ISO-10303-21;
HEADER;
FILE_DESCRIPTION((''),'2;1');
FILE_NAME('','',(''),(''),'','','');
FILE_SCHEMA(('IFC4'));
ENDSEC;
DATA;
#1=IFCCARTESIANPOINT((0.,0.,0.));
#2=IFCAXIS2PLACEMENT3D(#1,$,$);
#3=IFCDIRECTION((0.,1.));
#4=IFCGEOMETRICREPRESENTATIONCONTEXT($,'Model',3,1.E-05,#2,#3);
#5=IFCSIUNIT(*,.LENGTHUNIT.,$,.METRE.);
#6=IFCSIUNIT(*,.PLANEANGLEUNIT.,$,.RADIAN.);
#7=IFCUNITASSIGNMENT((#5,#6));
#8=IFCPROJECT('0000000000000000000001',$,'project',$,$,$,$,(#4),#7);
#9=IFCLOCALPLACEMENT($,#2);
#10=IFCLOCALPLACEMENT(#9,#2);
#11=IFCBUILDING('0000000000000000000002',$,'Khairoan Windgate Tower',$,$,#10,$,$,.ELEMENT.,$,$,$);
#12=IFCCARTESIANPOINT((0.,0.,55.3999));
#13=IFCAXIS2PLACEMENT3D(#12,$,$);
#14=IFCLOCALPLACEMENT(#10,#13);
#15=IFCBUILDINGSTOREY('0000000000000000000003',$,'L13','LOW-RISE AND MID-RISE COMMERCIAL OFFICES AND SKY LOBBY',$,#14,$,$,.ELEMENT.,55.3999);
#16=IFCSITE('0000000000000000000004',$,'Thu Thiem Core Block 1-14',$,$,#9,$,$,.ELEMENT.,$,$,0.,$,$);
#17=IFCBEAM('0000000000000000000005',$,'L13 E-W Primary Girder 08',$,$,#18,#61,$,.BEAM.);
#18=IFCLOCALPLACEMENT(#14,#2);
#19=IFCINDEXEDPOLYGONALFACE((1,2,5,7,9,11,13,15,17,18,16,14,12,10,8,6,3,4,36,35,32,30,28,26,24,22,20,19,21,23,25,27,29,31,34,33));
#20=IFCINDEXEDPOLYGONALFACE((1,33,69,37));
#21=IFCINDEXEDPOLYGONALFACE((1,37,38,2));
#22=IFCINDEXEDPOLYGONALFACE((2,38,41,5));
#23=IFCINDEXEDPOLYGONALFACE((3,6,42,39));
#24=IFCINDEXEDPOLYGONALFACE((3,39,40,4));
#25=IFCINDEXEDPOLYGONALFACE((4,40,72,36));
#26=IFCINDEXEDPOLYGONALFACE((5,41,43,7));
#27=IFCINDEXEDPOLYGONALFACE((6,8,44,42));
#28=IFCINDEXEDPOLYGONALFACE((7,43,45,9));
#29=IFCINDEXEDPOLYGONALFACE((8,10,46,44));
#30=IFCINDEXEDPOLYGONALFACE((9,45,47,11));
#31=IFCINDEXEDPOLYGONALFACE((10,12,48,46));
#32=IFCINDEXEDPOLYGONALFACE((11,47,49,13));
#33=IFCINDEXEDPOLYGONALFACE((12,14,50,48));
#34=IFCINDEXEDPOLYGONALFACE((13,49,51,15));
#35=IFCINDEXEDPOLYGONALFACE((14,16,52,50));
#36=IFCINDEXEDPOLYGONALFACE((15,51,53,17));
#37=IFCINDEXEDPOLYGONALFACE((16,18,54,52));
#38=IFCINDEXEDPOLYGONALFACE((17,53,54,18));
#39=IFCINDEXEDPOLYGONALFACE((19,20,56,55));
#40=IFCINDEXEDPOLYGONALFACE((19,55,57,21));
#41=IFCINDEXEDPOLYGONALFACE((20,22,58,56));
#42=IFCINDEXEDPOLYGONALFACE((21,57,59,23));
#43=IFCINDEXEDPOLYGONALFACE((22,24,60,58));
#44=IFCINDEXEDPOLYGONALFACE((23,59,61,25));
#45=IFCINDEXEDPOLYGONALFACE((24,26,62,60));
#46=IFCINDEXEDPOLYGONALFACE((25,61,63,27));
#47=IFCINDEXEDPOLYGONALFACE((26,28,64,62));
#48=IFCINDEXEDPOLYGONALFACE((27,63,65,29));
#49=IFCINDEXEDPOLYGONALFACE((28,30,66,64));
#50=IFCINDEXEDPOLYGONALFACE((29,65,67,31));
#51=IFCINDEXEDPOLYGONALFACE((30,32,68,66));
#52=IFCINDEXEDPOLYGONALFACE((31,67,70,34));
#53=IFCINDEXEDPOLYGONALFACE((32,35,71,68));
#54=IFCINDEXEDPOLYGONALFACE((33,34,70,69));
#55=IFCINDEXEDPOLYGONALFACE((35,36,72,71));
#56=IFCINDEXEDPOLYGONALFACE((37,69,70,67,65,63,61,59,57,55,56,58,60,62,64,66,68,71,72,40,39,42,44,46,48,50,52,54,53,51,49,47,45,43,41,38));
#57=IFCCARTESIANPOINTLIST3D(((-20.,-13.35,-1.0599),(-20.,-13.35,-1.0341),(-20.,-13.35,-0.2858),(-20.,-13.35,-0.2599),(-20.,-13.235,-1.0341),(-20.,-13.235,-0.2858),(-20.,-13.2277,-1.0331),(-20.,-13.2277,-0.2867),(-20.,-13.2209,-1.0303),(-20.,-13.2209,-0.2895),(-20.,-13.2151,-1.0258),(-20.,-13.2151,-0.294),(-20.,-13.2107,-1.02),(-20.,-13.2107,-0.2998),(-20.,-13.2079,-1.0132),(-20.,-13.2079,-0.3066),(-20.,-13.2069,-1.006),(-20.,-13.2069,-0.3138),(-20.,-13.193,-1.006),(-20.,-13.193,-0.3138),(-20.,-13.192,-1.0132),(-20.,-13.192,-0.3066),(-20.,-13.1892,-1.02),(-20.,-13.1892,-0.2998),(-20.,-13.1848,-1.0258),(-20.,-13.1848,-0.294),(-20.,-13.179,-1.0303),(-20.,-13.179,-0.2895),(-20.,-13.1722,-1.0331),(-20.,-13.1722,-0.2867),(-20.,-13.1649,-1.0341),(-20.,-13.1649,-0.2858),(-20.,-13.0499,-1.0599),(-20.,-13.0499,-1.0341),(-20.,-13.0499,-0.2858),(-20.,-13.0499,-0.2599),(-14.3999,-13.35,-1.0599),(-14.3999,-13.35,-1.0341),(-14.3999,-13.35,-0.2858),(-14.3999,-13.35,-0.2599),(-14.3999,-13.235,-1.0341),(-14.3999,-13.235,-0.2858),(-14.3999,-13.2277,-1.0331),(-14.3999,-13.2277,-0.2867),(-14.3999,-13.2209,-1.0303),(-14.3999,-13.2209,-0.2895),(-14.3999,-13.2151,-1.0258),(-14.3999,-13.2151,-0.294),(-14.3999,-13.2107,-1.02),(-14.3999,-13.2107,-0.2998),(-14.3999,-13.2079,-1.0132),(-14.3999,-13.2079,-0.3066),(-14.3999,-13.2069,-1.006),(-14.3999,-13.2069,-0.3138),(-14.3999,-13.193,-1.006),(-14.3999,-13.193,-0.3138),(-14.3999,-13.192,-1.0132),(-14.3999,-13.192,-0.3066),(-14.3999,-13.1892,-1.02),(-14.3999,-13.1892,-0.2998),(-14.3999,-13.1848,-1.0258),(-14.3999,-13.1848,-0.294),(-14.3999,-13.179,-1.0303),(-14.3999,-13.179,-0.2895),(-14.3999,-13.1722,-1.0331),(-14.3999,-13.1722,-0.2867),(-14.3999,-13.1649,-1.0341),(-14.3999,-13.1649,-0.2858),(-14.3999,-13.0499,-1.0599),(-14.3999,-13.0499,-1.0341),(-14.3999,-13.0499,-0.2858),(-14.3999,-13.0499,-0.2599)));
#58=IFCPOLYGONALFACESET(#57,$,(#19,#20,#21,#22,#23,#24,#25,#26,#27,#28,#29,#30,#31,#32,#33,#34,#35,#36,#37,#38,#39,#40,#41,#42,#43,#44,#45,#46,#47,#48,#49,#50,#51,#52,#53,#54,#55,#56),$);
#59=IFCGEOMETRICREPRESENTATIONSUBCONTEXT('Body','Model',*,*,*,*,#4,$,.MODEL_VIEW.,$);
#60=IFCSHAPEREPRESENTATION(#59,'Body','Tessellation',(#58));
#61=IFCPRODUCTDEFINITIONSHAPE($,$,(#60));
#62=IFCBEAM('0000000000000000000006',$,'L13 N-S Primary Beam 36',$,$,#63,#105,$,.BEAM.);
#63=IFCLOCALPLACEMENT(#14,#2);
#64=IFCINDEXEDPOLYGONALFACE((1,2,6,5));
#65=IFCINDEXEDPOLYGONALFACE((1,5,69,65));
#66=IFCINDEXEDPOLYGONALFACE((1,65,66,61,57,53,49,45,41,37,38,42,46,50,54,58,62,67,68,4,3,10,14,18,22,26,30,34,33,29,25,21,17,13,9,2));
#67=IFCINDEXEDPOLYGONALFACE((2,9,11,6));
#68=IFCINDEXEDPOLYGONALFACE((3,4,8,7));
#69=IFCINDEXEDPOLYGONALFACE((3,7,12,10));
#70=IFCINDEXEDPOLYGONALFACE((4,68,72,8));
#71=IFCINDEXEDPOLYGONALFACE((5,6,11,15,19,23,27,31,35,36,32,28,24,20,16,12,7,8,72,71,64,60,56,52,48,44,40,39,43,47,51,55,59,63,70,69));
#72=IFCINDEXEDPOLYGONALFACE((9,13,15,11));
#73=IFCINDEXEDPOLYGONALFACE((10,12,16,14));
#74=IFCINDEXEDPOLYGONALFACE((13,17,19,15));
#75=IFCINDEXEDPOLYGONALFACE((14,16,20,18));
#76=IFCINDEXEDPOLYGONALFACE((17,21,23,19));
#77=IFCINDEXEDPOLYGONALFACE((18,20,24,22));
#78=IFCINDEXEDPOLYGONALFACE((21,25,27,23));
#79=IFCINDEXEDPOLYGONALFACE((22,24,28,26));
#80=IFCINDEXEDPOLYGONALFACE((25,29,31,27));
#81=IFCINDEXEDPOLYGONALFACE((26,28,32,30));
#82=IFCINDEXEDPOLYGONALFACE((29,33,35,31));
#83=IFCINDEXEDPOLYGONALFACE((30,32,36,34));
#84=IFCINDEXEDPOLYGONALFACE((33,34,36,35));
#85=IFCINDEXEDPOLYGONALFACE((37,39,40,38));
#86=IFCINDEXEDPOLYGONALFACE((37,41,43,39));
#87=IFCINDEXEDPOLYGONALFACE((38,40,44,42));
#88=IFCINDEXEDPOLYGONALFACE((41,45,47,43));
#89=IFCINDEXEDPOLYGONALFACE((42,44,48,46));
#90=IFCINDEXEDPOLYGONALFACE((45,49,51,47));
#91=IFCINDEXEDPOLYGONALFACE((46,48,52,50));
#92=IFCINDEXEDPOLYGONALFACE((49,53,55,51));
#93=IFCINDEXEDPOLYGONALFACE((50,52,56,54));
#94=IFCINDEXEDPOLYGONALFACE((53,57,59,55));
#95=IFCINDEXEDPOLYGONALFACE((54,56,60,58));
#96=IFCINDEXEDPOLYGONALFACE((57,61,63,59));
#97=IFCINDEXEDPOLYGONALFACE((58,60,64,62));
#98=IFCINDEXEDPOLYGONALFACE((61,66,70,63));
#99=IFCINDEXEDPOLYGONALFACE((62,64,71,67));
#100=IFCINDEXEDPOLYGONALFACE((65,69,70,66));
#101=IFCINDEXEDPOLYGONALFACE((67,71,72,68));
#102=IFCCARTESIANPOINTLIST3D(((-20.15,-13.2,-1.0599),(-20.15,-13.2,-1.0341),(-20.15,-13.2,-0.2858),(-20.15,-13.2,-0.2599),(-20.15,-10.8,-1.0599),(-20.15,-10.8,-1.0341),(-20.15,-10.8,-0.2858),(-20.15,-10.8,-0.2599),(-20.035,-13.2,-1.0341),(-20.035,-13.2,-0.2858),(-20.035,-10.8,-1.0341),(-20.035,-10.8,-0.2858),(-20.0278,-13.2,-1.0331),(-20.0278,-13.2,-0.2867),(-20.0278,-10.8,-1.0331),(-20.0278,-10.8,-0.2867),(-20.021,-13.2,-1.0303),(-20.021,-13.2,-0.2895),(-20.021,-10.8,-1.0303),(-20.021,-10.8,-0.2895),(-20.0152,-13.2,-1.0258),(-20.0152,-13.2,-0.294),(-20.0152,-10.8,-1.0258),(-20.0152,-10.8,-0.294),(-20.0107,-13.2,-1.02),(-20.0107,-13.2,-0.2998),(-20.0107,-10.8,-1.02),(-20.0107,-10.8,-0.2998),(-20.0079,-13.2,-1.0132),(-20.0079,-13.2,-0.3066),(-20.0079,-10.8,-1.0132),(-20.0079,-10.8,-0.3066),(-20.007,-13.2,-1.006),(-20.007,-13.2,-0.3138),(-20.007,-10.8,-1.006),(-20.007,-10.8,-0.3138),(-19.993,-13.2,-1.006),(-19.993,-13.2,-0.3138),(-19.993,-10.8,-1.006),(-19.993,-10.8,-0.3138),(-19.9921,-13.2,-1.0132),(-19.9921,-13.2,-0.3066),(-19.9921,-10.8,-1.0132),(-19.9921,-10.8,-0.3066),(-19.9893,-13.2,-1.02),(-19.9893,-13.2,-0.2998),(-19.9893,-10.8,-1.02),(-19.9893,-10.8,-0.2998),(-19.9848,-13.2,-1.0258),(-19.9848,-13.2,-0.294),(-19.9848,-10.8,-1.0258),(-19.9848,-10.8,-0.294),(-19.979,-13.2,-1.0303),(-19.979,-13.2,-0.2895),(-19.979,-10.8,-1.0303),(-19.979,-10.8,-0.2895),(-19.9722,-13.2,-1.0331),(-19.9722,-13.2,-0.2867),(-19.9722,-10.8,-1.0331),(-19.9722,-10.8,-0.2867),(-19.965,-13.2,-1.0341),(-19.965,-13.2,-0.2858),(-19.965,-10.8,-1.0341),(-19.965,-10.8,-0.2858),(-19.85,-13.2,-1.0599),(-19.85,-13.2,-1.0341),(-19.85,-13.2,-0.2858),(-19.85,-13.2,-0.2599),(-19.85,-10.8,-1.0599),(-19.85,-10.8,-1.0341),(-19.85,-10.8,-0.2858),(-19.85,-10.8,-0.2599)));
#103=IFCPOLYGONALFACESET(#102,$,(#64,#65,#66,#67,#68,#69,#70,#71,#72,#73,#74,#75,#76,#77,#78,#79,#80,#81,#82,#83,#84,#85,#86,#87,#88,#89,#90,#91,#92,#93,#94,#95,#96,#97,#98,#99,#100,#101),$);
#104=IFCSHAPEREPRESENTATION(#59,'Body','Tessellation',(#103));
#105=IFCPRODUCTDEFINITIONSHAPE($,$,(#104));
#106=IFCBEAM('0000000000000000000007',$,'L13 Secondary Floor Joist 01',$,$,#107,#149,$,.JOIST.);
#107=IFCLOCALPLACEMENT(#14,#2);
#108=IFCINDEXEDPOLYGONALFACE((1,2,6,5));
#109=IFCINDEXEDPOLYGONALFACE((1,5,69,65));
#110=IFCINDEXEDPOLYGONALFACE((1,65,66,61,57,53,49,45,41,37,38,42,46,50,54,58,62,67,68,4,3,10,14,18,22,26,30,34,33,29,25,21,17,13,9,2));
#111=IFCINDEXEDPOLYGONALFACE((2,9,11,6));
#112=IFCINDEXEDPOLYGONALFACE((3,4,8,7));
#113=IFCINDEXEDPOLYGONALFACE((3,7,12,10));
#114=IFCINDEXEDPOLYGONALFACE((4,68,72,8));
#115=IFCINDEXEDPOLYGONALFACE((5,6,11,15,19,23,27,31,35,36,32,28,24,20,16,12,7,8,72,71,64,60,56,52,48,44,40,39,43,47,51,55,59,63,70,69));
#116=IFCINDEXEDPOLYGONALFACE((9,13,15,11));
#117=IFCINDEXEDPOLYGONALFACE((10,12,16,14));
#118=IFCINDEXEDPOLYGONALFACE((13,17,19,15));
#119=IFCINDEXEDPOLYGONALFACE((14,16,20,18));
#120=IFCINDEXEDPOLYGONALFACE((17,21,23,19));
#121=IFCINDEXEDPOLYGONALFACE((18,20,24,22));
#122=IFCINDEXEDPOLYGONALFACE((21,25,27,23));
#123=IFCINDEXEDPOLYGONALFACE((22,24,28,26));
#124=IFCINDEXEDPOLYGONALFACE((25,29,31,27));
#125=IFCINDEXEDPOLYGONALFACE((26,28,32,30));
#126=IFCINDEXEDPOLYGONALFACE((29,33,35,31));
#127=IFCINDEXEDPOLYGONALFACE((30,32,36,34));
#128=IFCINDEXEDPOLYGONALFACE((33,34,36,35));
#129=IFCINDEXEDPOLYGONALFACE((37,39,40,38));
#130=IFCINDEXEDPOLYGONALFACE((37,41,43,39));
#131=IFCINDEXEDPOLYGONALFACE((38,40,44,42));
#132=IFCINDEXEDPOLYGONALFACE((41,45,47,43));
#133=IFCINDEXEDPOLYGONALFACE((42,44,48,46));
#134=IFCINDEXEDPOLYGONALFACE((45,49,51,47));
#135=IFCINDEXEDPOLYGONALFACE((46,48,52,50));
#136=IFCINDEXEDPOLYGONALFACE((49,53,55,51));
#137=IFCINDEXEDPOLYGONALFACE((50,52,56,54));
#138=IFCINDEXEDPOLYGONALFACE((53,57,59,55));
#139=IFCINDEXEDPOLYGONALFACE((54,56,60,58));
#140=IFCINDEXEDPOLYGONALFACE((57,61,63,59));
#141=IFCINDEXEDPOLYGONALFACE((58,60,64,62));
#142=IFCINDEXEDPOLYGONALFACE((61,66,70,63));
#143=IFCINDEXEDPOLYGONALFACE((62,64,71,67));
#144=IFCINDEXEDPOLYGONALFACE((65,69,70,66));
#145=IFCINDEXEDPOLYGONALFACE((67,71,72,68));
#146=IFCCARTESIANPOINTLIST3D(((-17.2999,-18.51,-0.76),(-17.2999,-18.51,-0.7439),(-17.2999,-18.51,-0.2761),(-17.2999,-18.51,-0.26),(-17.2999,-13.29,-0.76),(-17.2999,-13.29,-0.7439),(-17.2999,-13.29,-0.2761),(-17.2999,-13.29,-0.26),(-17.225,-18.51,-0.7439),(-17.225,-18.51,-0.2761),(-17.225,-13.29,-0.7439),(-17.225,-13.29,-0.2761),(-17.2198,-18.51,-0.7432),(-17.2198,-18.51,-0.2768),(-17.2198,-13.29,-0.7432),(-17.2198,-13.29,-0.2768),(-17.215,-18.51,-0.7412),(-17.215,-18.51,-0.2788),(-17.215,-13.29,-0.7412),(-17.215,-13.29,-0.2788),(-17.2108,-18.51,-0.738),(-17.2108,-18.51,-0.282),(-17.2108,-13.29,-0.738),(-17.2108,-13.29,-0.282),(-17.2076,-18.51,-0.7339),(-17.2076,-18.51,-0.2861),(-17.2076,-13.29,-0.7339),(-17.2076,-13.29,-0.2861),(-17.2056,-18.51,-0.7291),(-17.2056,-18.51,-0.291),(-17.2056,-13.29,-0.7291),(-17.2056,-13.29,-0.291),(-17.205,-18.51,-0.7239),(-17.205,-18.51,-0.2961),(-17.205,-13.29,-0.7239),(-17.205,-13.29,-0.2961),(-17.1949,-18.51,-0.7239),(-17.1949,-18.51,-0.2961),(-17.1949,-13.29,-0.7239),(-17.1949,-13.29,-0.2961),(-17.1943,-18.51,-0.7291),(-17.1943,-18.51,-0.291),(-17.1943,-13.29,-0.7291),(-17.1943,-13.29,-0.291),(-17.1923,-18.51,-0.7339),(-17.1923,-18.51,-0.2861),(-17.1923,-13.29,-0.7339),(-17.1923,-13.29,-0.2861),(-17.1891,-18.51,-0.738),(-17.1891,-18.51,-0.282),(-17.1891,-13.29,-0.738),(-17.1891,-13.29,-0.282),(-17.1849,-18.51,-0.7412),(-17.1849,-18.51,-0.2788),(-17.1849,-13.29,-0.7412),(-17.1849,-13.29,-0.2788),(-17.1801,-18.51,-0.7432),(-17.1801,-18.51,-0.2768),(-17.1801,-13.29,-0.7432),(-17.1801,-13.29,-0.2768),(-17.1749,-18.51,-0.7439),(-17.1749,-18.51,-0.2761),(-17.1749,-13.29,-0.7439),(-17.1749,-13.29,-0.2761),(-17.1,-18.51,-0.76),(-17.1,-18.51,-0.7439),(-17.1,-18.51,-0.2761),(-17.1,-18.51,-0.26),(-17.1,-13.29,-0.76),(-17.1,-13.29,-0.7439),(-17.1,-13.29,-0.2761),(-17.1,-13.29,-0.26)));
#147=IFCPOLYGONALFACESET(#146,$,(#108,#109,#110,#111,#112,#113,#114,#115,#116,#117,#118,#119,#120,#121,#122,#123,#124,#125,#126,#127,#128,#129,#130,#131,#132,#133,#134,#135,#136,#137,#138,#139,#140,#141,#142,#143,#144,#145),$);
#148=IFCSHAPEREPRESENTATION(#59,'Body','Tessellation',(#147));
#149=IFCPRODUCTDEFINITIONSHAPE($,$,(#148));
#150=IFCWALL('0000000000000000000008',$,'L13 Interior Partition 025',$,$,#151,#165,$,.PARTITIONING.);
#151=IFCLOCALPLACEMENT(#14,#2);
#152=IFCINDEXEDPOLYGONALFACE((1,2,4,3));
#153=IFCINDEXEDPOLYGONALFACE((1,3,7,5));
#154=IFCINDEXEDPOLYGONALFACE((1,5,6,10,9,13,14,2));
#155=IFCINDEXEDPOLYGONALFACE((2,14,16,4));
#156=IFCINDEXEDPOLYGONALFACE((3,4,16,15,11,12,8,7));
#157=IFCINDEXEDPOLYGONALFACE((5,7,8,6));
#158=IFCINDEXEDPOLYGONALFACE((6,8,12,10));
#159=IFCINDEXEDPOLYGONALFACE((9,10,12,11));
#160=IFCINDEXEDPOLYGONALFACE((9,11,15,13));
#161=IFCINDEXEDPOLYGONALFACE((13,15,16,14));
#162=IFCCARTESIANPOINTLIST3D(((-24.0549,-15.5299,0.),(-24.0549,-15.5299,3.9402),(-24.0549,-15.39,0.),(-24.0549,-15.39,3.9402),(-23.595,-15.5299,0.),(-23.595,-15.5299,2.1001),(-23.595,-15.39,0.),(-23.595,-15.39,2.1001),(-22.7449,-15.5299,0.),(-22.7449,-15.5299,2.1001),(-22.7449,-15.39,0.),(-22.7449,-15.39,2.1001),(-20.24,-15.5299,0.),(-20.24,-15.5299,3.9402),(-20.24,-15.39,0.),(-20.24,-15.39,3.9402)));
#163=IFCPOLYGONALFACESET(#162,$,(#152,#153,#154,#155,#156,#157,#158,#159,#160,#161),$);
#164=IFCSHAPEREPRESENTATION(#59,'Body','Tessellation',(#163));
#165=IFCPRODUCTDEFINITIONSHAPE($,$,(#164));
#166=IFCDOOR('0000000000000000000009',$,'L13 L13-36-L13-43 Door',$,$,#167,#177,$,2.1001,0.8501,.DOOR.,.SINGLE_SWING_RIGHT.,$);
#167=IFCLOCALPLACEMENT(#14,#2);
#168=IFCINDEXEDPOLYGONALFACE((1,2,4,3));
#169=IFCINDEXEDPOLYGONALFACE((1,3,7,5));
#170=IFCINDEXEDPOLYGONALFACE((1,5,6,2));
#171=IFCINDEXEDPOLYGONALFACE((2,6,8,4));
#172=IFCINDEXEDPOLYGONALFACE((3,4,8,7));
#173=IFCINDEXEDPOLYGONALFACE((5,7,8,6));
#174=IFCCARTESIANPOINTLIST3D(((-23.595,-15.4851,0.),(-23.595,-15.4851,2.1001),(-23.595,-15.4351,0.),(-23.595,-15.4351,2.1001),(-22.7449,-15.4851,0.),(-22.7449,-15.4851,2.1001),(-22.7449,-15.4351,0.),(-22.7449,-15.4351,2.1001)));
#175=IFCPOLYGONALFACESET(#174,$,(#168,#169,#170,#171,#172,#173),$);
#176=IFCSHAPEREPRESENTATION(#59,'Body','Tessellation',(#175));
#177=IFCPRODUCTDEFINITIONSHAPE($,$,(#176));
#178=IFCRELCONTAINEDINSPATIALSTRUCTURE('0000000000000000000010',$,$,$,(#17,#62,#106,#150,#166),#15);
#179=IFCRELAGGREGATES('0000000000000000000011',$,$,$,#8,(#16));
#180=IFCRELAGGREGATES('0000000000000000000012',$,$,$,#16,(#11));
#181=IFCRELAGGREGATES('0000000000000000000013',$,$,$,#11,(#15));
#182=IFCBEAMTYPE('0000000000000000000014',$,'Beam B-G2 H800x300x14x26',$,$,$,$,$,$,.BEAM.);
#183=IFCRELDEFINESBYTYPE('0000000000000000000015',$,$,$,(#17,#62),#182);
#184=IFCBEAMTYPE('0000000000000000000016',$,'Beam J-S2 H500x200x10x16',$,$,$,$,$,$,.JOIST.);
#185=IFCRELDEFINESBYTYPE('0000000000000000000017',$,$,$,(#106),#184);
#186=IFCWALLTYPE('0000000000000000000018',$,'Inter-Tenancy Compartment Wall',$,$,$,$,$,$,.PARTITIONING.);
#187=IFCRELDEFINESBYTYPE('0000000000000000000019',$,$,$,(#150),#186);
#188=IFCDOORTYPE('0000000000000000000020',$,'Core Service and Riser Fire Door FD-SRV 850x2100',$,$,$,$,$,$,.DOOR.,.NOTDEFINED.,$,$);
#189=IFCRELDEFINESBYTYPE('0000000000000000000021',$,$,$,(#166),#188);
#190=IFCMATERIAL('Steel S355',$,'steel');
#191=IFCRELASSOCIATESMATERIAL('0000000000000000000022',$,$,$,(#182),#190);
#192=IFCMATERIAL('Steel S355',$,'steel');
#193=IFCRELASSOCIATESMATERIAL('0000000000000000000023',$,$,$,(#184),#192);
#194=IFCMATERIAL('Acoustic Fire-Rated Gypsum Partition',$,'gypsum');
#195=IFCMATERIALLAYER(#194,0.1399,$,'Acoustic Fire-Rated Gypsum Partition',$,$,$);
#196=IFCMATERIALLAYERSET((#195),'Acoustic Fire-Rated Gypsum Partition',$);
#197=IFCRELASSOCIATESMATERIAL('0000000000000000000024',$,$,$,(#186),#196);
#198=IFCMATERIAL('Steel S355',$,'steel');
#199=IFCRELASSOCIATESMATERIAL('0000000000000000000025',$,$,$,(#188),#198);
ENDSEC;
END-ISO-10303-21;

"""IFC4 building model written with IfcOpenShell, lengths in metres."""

from ifc_helpers import new_model, si_unit, direction, frame, frame_2d, origin, origin_2d, place, context, subcontext, project, spatial, rectangle, i_section, extrude, material, layer, layer_set, material_profile, profile_set, type_object, element, fill, save


model = new_model("IFC4")

# Units and contexts
model_context = context("Model", 3, precision=1e-05, world=origin(), true_north=direction((0.0, 1.0)))
body_context = subcontext(model_context, "Body", "Model", "MODEL_VIEW")
ifc_project = project(units=[si_unit("LENGTHUNIT", "METRE"), si_unit("PLANEANGLEUNIT", "RADIAN")], contexts=[model_context])

# Site, building, storey
site_placement = place(None, origin())
site = spatial("IfcSite", under=ifc_project, at=site_placement, Name="Thu Thiem Core Block 1-14", CompositionType="ELEMENT", RefElevation=0.0)
building_placement = place(site_placement, origin())
building = spatial("IfcBuilding", under=site, at=building_placement, Name="Khairoan Windgate Tower", CompositionType="ELEMENT")
storey_placement = place(building_placement, frame((0.0, 0.0, 55.3999)))
storey = spatial("IfcBuildingStorey", under=building, at=storey_placement, Name="L13", Description="LOW-RISE AND MID-RISE COMMERCIAL OFFICES AND SKY LOBBY", CompositionType="ELEMENT", Elevation=55.3999)

# Beams
ifc_material_1 = material(Name="Steel S355", Category="steel")
ifc_material_profile_1 = material_profile(ifc_material_1, i_section(OverallWidth=0.3, OverallDepth=0.8, WebThickness=0.0139, FlangeThickness=0.0259, FilletRadius=0.0281, at=origin_2d()))
ifc_profile_set_1 = profile_set([ifc_material_profile_1], Name="Steel S355")
beam_type_1 = type_object("IfcBeamType", Name="Beam B-G2 H800x300x14x26", PredefinedType="BEAM", material=ifc_profile_set_1)
beam_1_placement = place(storey_placement, frame((-20.0, -13.2, -0.6599), z_axis=(1.0, 0.0, 0.0), x_axis=(0.0, 1.0, 0.0)))
element("IfcBeam", 1, at=beam_1_placement, inside=storey, type_object=beam_type_1, Name="L13 E-W Primary Girder 08", PredefinedType="BEAM", context=body_context, shape_type="SweptSolid", body=[
    extrude(i_section(OverallWidth=0.3, OverallDepth=0.8, WebThickness=0.0139, FlangeThickness=0.0259, FilletRadius=0.0281, at=origin_2d()), origin(), (0.0, 0.0, 1.0), 5.6001),
])
beam_2_placement = place(storey_placement, frame((-20.0, -13.2, -0.6599), z_axis=(0.0, 1.0, 0.0), x_axis=(-1.0, 0.0, 0.0)))
element("IfcBeam", 2, at=beam_2_placement, inside=storey, type_object=beam_type_1, Name="L13 N-S Primary Beam 36", PredefinedType="BEAM", context=body_context, shape_type="SweptSolid", body=[
    extrude(i_section(OverallWidth=0.3, OverallDepth=0.8, WebThickness=0.0139, FlangeThickness=0.0259, FilletRadius=0.0281, at=origin_2d()), origin(), (0.0, 0.0, 1.0), 2.3999),
])
ifc_material_2 = material(Name="Steel S355", Category="steel")
ifc_material_profile_2 = material_profile(ifc_material_2, i_section(OverallWidth=0.2, OverallDepth=0.5, WebThickness=0.01, FlangeThickness=0.0161, FilletRadius=0.02, at=origin_2d()))
ifc_profile_set_2 = profile_set([ifc_material_profile_2], Name="Steel S355")
beam_type_2 = type_object("IfcBeamType", Name="Beam J-S2 H500x200x10x16", PredefinedType="JOIST", material=ifc_profile_set_2)
beam_3_placement = place(storey_placement, frame((-17.2, -18.51, -0.51), z_axis=(0.0, 1.0, 0.0), x_axis=(-1.0, 0.0, 0.0)))
element("IfcBeam", 3, at=beam_3_placement, inside=storey, type_object=beam_type_2, Name="L13 Secondary Floor Joist 01", PredefinedType="JOIST", context=body_context, shape_type="SweptSolid", body=[
    extrude(i_section(OverallWidth=0.2, OverallDepth=0.5, WebThickness=0.01, FlangeThickness=0.0161, FilletRadius=0.02, at=origin_2d()), origin(), (0.0, 0.0, 1.0), 5.22),
])

# Wall, opening, door
ifc_material_3 = material(Name="Acoustic Fire-Rated Gypsum Partition", Category="gypsum")
ifc_layer_1 = layer(ifc_material_3, 0.1399, Name="Acoustic Fire-Rated Gypsum Partition")
ifc_layer_set_1 = layer_set([ifc_layer_1], Name="Acoustic Fire-Rated Gypsum Partition")
wall_type_1 = type_object("IfcWallType", Name="Inter-Tenancy Compartment Wall", PredefinedType="PARTITIONING", material=ifc_layer_set_1)
wall_1_placement = place(storey_placement, frame((-24.0549, -15.46, 0.0), z_axis=(0.0, 0.0, 1.0), x_axis=(1.0, 0.0, 0.0)))
wall_1 = element("IfcWall", 4, at=wall_1_placement, inside=storey, type_object=wall_type_1, Name="L13 Interior Partition 025", PredefinedType="PARTITIONING", context=body_context, shape_type="SweptSolid", body=[
    extrude(rectangle(XDim=3.8149, YDim=0.1399, at=frame_2d((1.9075, 0.0))), origin(), (0.0, 0.0, 1.0), 3.9402),
])
opening_1_placement = place(wall_1_placement, frame((0.46, 0.0, 0.0)))
opening_1 = element("IfcOpeningElement", 5, at=opening_1_placement, cuts=wall_1, PredefinedType="OPENING", context=body_context, shape_type="SweptSolid", body=[
    extrude(rectangle(XDim=0.8501, YDim=2.1001, at=frame_2d((0.425, 1.05))), frame((0.0, 0.0798, 0.0), z_axis=(0.0, -1.0, 0.0), x_axis=(1.0, 0.0, 0.0)), (0.0, 0.0, 1.0), 0.1599),
])
ifc_material_4 = material(Name="Steel S355", Category="steel")
door_type_1 = type_object("IfcDoorType", Name="Core Service and Riser Fire Door FD-SRV 850x2100", OperationType="NOTDEFINED", PredefinedType="DOOR", material=ifc_material_4)
door_1_placement = place(opening_1_placement, origin())
door_1 = element("IfcDoor", 6, at=door_1_placement, inside=storey, type_object=door_type_1, Name="L13 L13-36-L13-43 Door", OperationType="SINGLE_SWING_RIGHT", OverallHeight=2.1001, OverallWidth=0.8501, PredefinedType="DOOR", context=body_context, shape_type="SweptSolid", body=[
    extrude(rectangle(XDim=0.8501, YDim=2.1001, at=frame_2d((0.425, 1.05))), frame((0.0, 0.0249, 0.0), z_axis=(0.0, -1.0, 0.0), x_axis=(1.0, 0.0, 0.0)), (0.0, 0.0, 1.0), 0.05),
])
fill(opening_1, door_1)

save(model, "model.ifc")
